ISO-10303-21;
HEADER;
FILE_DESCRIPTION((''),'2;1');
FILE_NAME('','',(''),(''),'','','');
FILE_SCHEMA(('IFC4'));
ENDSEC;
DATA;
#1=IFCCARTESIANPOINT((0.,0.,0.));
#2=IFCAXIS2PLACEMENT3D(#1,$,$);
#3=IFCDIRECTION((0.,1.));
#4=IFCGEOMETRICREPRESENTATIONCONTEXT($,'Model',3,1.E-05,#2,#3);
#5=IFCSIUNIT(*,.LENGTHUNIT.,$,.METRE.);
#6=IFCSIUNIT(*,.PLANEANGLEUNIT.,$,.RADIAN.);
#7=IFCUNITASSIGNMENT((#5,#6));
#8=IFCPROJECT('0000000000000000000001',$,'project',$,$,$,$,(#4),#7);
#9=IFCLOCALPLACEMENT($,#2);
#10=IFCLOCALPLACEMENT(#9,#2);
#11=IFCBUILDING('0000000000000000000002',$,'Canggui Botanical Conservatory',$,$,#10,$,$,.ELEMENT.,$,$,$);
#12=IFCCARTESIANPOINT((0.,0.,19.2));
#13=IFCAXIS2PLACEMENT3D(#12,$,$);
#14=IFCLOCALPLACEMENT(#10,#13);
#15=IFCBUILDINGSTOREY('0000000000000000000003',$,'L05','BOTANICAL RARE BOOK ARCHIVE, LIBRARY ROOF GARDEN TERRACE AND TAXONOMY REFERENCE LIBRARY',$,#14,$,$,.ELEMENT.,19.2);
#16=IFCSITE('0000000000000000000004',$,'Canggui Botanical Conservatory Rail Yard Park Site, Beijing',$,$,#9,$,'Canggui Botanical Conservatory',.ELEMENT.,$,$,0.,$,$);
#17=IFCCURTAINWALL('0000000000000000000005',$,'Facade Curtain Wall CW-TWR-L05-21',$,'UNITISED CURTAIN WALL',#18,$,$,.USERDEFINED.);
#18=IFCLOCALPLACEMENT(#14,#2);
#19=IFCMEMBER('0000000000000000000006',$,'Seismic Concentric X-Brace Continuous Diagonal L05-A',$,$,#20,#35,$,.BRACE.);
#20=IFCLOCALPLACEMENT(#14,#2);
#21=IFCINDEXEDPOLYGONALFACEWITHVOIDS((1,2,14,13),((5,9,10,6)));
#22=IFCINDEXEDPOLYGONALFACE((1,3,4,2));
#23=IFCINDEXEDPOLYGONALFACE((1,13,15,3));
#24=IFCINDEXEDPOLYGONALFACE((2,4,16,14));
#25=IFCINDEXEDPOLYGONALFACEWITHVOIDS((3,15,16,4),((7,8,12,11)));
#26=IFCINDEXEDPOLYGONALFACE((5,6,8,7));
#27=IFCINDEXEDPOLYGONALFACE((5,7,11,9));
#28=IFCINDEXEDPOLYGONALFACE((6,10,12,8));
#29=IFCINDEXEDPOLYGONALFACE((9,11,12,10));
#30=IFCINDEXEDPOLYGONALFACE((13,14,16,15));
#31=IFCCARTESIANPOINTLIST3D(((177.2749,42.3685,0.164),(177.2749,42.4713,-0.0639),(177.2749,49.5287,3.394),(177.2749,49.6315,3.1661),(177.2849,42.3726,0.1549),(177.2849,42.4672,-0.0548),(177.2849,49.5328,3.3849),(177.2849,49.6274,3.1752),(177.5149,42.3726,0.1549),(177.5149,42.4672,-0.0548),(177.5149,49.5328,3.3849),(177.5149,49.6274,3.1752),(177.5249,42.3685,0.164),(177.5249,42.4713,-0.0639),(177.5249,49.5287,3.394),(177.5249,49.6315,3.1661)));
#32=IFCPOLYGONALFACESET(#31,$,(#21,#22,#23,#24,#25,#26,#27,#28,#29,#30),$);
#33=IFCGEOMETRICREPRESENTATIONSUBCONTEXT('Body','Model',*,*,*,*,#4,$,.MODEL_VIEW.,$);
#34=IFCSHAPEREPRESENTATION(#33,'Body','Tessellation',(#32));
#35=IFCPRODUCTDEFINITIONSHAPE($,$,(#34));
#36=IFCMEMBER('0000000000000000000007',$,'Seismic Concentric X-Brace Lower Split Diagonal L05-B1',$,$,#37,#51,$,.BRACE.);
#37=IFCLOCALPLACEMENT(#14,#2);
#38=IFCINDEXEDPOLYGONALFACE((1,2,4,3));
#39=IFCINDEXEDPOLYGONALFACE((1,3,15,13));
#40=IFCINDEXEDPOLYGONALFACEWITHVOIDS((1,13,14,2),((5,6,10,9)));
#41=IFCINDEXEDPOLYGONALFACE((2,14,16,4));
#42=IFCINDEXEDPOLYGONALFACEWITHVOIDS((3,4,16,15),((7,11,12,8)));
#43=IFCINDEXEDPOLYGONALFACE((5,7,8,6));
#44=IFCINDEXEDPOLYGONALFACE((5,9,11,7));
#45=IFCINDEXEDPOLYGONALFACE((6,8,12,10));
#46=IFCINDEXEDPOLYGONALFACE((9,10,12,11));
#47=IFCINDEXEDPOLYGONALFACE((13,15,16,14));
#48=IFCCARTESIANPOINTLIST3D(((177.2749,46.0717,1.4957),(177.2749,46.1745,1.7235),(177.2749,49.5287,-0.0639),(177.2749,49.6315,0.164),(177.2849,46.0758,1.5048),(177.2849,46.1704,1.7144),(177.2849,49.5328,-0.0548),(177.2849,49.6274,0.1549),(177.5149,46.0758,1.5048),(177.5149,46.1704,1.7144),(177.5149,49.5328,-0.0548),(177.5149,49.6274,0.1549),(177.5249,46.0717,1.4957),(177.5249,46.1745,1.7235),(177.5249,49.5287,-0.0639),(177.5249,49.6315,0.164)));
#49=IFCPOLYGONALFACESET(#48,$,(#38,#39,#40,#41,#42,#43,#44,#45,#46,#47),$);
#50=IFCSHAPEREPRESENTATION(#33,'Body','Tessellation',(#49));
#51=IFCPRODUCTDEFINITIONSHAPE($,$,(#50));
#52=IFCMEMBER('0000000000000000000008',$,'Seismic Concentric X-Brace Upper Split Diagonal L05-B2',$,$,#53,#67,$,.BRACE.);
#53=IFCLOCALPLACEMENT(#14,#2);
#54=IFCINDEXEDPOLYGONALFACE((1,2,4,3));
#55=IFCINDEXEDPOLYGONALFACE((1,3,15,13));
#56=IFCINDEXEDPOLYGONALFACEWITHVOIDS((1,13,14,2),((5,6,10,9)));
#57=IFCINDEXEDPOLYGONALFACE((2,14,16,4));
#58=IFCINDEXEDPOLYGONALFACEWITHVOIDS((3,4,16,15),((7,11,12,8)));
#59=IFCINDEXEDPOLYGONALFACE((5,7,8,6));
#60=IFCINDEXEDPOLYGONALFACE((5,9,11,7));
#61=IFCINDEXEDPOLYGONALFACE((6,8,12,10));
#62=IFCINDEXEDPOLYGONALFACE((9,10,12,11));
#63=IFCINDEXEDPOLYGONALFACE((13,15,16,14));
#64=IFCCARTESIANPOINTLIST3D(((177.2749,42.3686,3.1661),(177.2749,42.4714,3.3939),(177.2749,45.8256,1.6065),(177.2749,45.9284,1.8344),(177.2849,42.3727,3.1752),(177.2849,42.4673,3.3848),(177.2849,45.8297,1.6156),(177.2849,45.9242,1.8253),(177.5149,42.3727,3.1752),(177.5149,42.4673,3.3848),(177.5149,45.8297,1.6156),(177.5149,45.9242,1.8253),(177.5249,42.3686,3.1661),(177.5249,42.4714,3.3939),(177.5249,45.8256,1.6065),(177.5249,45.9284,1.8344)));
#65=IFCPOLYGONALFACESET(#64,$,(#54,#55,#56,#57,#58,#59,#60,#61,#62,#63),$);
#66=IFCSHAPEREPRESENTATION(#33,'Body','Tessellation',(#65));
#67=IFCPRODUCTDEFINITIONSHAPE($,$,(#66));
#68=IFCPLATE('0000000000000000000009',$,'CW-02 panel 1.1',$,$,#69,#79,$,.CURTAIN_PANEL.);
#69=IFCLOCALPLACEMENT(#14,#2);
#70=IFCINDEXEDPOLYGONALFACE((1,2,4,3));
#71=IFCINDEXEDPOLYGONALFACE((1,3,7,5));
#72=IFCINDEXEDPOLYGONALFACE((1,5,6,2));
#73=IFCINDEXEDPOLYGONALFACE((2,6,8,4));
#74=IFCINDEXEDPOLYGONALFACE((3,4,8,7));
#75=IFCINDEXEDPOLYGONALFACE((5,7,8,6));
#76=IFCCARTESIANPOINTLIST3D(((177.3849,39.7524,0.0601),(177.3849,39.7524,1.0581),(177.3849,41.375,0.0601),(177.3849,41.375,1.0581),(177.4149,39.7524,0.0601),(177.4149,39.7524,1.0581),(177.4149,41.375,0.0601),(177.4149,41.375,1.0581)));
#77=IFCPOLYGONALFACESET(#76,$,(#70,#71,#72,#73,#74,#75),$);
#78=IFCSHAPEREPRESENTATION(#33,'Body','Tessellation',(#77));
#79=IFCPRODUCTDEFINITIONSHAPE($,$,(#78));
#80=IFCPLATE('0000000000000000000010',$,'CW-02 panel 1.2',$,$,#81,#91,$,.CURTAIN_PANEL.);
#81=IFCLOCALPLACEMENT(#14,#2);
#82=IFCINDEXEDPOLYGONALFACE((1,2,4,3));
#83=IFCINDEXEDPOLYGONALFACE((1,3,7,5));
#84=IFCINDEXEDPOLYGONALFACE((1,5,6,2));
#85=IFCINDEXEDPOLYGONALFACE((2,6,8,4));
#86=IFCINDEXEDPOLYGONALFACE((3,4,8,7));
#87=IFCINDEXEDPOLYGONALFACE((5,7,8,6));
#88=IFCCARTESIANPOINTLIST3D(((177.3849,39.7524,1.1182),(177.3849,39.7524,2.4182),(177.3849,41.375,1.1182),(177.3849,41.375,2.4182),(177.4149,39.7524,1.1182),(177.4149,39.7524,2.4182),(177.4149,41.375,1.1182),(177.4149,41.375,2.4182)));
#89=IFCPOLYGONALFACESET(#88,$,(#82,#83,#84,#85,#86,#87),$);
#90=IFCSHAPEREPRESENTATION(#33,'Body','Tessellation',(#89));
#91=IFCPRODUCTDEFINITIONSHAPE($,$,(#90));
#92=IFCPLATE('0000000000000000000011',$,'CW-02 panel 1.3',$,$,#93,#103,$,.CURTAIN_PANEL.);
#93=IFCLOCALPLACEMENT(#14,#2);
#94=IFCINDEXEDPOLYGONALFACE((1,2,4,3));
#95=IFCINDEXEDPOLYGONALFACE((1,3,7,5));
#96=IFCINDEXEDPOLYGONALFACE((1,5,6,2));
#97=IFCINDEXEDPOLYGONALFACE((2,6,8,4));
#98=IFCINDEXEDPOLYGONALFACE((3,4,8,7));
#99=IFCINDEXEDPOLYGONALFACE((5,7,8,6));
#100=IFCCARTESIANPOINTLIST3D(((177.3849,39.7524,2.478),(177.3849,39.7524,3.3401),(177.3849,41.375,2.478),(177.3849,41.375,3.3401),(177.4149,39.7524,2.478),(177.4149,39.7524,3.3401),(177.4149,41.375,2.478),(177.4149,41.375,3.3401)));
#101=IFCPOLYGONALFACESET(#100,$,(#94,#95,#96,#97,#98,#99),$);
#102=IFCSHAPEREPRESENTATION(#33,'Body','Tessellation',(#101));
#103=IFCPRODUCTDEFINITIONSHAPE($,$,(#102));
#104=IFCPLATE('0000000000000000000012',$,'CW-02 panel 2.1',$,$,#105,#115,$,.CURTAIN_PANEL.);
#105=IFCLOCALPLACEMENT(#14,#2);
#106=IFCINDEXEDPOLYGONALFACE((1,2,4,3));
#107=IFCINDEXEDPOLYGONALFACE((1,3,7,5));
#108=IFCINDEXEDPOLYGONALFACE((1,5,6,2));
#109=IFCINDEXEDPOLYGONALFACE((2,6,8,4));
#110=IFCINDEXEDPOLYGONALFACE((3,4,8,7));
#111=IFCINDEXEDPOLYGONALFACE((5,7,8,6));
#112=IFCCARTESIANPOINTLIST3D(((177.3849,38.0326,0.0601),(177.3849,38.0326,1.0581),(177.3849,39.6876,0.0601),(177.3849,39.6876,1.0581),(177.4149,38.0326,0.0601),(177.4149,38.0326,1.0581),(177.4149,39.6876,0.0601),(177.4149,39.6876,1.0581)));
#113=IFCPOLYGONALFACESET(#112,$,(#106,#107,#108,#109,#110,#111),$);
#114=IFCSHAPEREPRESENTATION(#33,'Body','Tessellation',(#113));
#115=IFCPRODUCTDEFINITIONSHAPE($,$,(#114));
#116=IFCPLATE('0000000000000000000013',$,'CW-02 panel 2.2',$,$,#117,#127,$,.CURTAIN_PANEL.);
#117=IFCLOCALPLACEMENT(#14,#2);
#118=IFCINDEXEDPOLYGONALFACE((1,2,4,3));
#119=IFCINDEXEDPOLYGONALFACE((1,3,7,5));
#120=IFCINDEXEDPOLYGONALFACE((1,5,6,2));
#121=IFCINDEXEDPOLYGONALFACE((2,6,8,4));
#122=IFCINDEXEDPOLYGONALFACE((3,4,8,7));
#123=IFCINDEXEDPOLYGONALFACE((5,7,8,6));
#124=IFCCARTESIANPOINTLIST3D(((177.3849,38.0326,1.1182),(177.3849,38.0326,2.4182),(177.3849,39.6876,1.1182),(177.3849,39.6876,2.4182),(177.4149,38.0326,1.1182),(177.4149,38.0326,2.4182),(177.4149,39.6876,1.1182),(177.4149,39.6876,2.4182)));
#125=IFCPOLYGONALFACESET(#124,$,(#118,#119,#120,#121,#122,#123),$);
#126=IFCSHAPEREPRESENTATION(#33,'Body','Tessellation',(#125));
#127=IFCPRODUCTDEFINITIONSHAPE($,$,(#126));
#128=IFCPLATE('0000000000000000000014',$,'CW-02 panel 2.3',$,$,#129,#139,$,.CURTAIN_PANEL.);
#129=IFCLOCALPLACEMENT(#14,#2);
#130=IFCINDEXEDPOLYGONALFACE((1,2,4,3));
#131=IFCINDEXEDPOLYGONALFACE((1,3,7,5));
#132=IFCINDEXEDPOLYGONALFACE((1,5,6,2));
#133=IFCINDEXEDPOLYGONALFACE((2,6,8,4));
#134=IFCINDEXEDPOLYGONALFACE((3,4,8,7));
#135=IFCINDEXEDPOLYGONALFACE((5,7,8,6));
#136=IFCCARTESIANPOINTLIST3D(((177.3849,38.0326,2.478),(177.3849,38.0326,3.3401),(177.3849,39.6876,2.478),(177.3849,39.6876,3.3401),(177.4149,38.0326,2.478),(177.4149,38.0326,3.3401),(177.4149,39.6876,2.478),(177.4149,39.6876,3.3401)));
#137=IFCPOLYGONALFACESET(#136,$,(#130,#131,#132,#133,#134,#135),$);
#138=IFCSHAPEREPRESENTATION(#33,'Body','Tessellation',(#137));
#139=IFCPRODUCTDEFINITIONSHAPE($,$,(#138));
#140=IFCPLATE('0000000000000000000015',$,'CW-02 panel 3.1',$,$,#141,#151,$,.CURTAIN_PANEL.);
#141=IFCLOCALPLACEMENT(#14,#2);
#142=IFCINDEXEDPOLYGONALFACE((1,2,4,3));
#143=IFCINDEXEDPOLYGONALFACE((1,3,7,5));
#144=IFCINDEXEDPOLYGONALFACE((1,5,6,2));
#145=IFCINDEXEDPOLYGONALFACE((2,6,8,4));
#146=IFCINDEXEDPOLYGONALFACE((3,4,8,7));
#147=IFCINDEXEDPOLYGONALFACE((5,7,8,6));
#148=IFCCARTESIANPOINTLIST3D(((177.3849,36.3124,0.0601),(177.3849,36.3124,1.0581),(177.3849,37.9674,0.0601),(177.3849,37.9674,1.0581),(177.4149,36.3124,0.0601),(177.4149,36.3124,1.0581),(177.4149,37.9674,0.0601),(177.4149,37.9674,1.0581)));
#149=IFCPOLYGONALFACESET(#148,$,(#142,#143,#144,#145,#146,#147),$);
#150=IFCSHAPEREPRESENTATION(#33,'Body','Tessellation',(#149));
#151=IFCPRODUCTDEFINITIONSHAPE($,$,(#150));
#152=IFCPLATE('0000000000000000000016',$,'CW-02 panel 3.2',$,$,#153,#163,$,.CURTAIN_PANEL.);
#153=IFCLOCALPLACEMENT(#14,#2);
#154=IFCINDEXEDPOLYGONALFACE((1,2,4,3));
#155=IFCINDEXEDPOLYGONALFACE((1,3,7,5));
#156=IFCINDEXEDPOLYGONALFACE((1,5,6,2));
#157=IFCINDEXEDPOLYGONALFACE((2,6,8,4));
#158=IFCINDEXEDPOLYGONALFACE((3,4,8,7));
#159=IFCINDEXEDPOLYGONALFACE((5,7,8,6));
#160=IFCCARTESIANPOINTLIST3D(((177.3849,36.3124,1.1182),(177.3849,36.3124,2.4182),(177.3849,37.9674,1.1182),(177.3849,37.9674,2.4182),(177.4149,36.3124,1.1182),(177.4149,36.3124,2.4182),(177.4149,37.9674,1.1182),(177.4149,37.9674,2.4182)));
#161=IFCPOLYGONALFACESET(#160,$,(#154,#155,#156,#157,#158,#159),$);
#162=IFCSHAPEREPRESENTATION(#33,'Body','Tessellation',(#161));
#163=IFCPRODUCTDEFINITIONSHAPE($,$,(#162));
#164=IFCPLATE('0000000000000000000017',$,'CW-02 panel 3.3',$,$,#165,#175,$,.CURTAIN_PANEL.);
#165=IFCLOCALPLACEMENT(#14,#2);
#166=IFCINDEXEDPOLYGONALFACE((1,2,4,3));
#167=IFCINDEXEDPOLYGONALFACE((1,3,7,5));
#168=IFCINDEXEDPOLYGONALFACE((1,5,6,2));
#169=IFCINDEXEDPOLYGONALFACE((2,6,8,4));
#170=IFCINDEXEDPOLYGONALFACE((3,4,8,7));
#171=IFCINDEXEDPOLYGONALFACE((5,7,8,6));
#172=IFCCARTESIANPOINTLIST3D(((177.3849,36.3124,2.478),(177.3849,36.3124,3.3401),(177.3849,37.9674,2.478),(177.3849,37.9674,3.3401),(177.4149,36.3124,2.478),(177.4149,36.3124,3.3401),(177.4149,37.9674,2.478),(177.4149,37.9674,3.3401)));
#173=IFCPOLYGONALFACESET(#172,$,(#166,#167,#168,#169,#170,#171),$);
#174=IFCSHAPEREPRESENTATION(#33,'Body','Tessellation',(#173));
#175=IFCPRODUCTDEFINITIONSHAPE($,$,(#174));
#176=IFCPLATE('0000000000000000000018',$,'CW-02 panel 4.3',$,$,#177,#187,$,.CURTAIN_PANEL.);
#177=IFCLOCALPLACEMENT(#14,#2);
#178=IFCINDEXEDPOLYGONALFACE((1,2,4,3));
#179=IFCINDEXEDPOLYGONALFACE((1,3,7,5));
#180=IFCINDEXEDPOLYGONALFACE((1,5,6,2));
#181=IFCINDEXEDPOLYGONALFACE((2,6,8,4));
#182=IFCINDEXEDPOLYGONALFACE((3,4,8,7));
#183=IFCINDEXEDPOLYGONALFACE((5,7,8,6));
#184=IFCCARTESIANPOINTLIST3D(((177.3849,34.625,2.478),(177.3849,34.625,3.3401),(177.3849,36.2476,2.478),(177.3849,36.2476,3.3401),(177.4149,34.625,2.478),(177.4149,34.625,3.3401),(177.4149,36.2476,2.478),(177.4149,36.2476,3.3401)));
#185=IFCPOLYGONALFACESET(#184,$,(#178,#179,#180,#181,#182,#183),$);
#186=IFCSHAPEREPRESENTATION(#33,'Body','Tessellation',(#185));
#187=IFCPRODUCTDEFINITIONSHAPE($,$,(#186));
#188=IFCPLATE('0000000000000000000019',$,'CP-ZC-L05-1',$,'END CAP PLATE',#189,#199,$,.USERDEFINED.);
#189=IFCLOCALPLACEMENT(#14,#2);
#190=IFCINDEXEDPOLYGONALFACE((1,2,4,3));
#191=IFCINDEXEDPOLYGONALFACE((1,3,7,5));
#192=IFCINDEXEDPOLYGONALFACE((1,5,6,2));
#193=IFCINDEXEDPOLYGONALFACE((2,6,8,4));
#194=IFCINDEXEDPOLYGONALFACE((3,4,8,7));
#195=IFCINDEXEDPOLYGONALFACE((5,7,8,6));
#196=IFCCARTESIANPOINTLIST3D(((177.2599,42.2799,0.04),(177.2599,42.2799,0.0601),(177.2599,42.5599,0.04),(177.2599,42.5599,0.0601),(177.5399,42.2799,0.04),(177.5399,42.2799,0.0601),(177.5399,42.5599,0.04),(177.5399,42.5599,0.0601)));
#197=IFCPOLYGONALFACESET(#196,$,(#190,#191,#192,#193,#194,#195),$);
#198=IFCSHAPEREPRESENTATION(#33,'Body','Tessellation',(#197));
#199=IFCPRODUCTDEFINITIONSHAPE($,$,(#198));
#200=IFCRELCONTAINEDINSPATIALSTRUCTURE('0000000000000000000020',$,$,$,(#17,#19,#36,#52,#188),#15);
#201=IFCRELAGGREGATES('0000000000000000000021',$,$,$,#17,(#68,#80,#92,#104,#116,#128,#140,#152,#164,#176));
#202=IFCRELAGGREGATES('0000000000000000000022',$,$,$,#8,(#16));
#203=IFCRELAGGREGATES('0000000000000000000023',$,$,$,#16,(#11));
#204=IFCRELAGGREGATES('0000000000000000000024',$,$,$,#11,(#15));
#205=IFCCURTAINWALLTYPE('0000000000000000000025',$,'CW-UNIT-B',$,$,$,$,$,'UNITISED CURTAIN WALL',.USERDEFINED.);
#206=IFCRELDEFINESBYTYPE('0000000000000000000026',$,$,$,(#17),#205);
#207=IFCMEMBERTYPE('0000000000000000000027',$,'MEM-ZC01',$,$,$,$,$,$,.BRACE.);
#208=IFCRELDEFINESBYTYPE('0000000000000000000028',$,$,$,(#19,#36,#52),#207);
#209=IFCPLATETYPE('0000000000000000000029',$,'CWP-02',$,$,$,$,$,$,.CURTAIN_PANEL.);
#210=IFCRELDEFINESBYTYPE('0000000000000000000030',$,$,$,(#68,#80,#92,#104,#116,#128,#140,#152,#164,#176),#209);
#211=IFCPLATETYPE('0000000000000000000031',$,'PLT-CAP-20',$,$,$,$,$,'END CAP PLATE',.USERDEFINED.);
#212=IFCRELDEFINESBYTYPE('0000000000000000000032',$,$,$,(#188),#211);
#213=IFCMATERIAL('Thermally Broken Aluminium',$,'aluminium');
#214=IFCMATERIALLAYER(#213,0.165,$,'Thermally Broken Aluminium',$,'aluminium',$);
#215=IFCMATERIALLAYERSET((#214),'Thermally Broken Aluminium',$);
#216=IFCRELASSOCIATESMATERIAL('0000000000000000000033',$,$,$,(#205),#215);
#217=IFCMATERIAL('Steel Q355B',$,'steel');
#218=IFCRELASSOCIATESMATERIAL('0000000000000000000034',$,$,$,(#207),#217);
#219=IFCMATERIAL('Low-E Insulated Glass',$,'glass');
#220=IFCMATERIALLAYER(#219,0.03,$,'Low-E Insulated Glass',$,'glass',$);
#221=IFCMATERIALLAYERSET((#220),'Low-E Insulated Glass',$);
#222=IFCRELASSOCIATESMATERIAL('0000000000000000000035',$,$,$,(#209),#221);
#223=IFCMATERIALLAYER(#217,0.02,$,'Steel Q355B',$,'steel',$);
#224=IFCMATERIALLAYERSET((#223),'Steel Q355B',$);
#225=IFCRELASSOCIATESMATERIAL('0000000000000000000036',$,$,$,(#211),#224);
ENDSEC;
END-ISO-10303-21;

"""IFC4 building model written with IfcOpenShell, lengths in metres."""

from ifc_helpers import new_model, si_unit, direction, frame, origin, origin_2d, place, context, subcontext, project, spatial, rectangle, hollow_rectangle, extrude, material, layer, layer_set, material_profile, profile_set, type_object, element, aggregate, save


model = new_model("IFC4")

# Units and contexts
model_context = context("Model", 3, precision=1e-05, world=origin(), true_north=direction((0.0, 1.0)))
body_context = subcontext(model_context, "Body", "Model", "MODEL_VIEW")
ifc_project = project(units=[si_unit("LENGTHUNIT", "METRE"), si_unit("PLANEANGLEUNIT", "RADIAN")], contexts=[model_context])

# Site, building, storey
site_placement = place(None, origin())
site = spatial("IfcSite", under=ifc_project, at=site_placement, Name="Canggui Botanical Conservatory Rail Yard Park Site, Beijing", LongName="Canggui Botanical Conservatory", CompositionType="ELEMENT", RefElevation=0.0)
building_placement = place(site_placement, origin())
building = spatial("IfcBuilding", under=site, at=building_placement, Name="Canggui Botanical Conservatory", CompositionType="ELEMENT")
storey_placement = place(building_placement, frame((0.0, 0.0, 19.2)))
storey = spatial("IfcBuildingStorey", under=building, at=storey_placement, Name="L05", Description="BOTANICAL RARE BOOK ARCHIVE, LIBRARY ROOF GARDEN TERRACE AND TAXONOMY REFERENCE LIBRARY", CompositionType="ELEMENT", Elevation=19.2)

# Curtain wall
ifc_material_1 = material(Name="Thermally Broken Aluminium", Category="aluminium")
ifc_layer_1 = layer(ifc_material_1, 0.165, Name="Thermally Broken Aluminium", Category="aluminium")
ifc_layer_set_1 = layer_set([ifc_layer_1], Name="Thermally Broken Aluminium")
curtain_wall_type = type_object("IfcCurtainWallType", Name="CW-UNIT-B", ElementType="UNITISED CURTAIN WALL", PredefinedType="USERDEFINED", material=ifc_layer_set_1)
curtain_wall_placement = place(storey_placement, origin())
curtain_wall = element("IfcCurtainWall", 1, at=curtain_wall_placement, inside=storey, type_object=curtain_wall_type, Name="Facade Curtain Wall CW-TWR-L05-21", ObjectType="UNITISED CURTAIN WALL", PredefinedType="USERDEFINED")

# Members
ifc_material_2 = material(Name="Steel Q355B", Category="steel")
ifc_material_profile_1 = material_profile(ifc_material_2, hollow_rectangle(XDim=0.25, YDim=0.25, WallThickness=0.01, at=origin_2d()), Name="SHS 250x250x10")
ifc_profile_set_1 = profile_set([ifc_material_profile_1], Name="Steel Q355B")
member_type_1 = type_object("IfcMemberType", Name="MEM-ZC01", PredefinedType="BRACE", material=ifc_profile_set_1)
member_1_placement = place(storey_placement, frame((177.3999, 42.4199, 0.05), z_axis=(0.0, 0.911544, 0.411202), x_axis=(-1.0, 0.0, 0.0)))
element("IfcMember", 2, at=member_1_placement, inside=storey, type_object=member_type_1, Name="Seismic Concentric X-Brace Continuous Diagonal L05-A", PredefinedType="BRACE", context=body_context, shape_type="SweptSolid", body=[
    extrude(hollow_rectangle(XDim=0.25, YDim=0.25, WallThickness=0.01, at=origin_2d()), origin(), (0.0, 0.0, 1.0), 7.855),
])
for number, where, z_axis, x_axis, name in (
    (3, (177.3999, 49.5801, 0.05), (0.0, -0.911536, 0.411221), (1.0, 0.0, 0.0), "Seismic Concentric X-Brace Lower Split Diagonal L05-B1"),
    (4, (177.3999, 45.877, 1.7205), (0.0, -0.911536, 0.411221), (1.0, 0.0, 0.0), "Seismic Concentric X-Brace Upper Split Diagonal L05-B2"),
):
    element("IfcMember", number, at=place(storey_placement, frame(where, z_axis=z_axis, x_axis=x_axis)), inside=storey, type_object=member_type_1, Name=name, PredefinedType="BRACE", context=body_context, shape_type="SweptSolid", body=[
        extrude(hollow_rectangle(XDim=0.25, YDim=0.25, WallThickness=0.01, at=origin_2d()), origin(), (0.0, 0.0, 1.0), 3.7925),
    ])

# Plates
ifc_material_3 = material(Name="Low-E Insulated Glass", Category="glass")
ifc_layer_2 = layer(ifc_material_3, 0.03, Name="Low-E Insulated Glass", Category="glass")
ifc_layer_set_2 = layer_set([ifc_layer_2], Name="Low-E Insulated Glass")
plate_type_1 = type_object("IfcPlateType", Name="CWP-02", PredefinedType="CURTAIN_PANEL", material=ifc_layer_set_2)
plate_1_placement = place(storey_placement, frame((177.3999, 40.5637, 0.0601), z_axis=(0.0, 0.0, 1.0), x_axis=(0.0, -1.0, 0.0)))
plate_1 = element("IfcPlate", 5, at=plate_1_placement, type_object=plate_type_1, Name="CW-02 panel 1.1", PredefinedType="CURTAIN_PANEL", context=body_context, shape_type="SweptSolid", body=[
    extrude(rectangle(XDim=1.6226, YDim=0.03, at=origin_2d()), origin(), (0.0, 0.0, 1.0), 0.998),
])
plate_2_placement = place(storey_placement, frame((177.3999, 40.5637, 1.1182), z_axis=(0.0, 0.0, 1.0), x_axis=(0.0, -1.0, 0.0)))
plate_2 = element("IfcPlate", 6, at=plate_2_placement, type_object=plate_type_1, Name="CW-02 panel 1.2", PredefinedType="CURTAIN_PANEL", context=body_context, shape_type="SweptSolid", body=[
    extrude(rectangle(XDim=1.6226, YDim=0.03, at=origin_2d()), origin(), (0.0, 0.0, 1.0), 1.3),
])
plate_3_placement = place(storey_placement, frame((177.3999, 40.5637, 2.478), z_axis=(0.0, 0.0, 1.0), x_axis=(0.0, -1.0, 0.0)))
plate_3 = element("IfcPlate", 7, at=plate_3_placement, type_object=plate_type_1, Name="CW-02 panel 1.3", PredefinedType="CURTAIN_PANEL", context=body_context, shape_type="SweptSolid", body=[
    extrude(rectangle(XDim=1.6226, YDim=0.03, at=origin_2d()), origin(), (0.0, 0.0, 1.0), 0.8621),
])
plate_4_placement = place(storey_placement, frame((177.3999, 38.8601, 0.0601), z_axis=(0.0, 0.0, 1.0), x_axis=(0.0, -1.0, 0.0)))
plate_4 = element("IfcPlate", 8, at=plate_4_placement, type_object=plate_type_1, Name="CW-02 panel 2.1", PredefinedType="CURTAIN_PANEL", context=body_context, shape_type="SweptSolid", body=[
    extrude(rectangle(XDim=1.655, YDim=0.03, at=origin_2d()), origin(), (0.0, 0.0, 1.0), 0.998),
])
plate_5_placement = place(storey_placement, frame((177.3999, 38.8601, 1.1182), z_axis=(0.0, 0.0, 1.0), x_axis=(0.0, -1.0, 0.0)))
plate_5 = element("IfcPlate", 9, at=plate_5_placement, type_object=plate_type_1, Name="CW-02 panel 2.2", PredefinedType="CURTAIN_PANEL", context=body_context, shape_type="SweptSolid", body=[
    extrude(rectangle(XDim=1.655, YDim=0.03, at=origin_2d()), origin(), (0.0, 0.0, 1.0), 1.3),
])
plate_6_placement = place(storey_placement, frame((177.3999, 38.8601, 2.478), z_axis=(0.0, 0.0, 1.0), x_axis=(0.0, -1.0, 0.0)))
plate_6 = element("IfcPlate", 10, at=plate_6_placement, type_object=plate_type_1, Name="CW-02 panel 2.3", PredefinedType="CURTAIN_PANEL", context=body_context, shape_type="SweptSolid", body=[
    extrude(rectangle(XDim=1.655, YDim=0.03, at=origin_2d()), origin(), (0.0, 0.0, 1.0), 0.8621),
])
plate_7_placement = place(storey_placement, frame((177.3999, 37.1399, 0.0601), z_axis=(0.0, 0.0, 1.0), x_axis=(0.0, -1.0, 0.0)))
plate_7 = element("IfcPlate", 11, at=plate_7_placement, type_object=plate_type_1, Name="CW-02 panel 3.1", PredefinedType="CURTAIN_PANEL", context=body_context, shape_type="SweptSolid", body=[
    extrude(rectangle(XDim=1.655, YDim=0.03, at=origin_2d()), origin(), (0.0, 0.0, 1.0), 0.998),
])
plate_8_placement = place(storey_placement, frame((177.3999, 37.1399, 1.1182), z_axis=(0.0, 0.0, 1.0), x_axis=(0.0, -1.0, 0.0)))
plate_8 = element("IfcPlate", 12, at=plate_8_placement, type_object=plate_type_1, Name="CW-02 panel 3.2", PredefinedType="CURTAIN_PANEL", context=body_context, shape_type="SweptSolid", body=[
    extrude(rectangle(XDim=1.655, YDim=0.03, at=origin_2d()), origin(), (0.0, 0.0, 1.0), 1.3),
])
plate_9_placement = place(storey_placement, frame((177.3999, 37.1399, 2.478), z_axis=(0.0, 0.0, 1.0), x_axis=(0.0, -1.0, 0.0)))
plate_9 = element("IfcPlate", 13, at=plate_9_placement, type_object=plate_type_1, Name="CW-02 panel 3.3", PredefinedType="CURTAIN_PANEL", context=body_context, shape_type="SweptSolid", body=[
    extrude(rectangle(XDim=1.655, YDim=0.03, at=origin_2d()), origin(), (0.0, 0.0, 1.0), 0.8621),
])
plate_10_placement = place(storey_placement, frame((177.3999, 35.4363, 2.478), z_axis=(0.0, 0.0, 1.0), x_axis=(0.0, -1.0, 0.0)))
plate_10 = element("IfcPlate", 14, at=plate_10_placement, type_object=plate_type_1, Name="CW-02 panel 4.3", PredefinedType="CURTAIN_PANEL", context=body_context, shape_type="SweptSolid", body=[
    extrude(rectangle(XDim=1.6226, YDim=0.03, at=origin_2d()), origin(), (0.0, 0.0, 1.0), 0.8621),
])
aggregate(curtain_wall, [plate_1, plate_2, plate_3, plate_4, plate_5, plate_6, plate_7, plate_8, plate_9, plate_10])

# Plate
ifc_layer_3 = layer(ifc_material_2, 0.02, Name="Steel Q355B", Category="steel")
ifc_layer_set_3 = layer_set([ifc_layer_3], Name="Steel Q355B")
plate_type_2 = type_object("IfcPlateType", Name="PLT-CAP-20", ElementType="END CAP PLATE", PredefinedType="USERDEFINED", material=ifc_layer_set_3)
for number, where, z_axis, x_axis, name in (
    (15, (177.3999, 42.4199, 0.04), (0.0, 0.0, 1.0), (1.0, 0.0, 0.0), "CP-ZC-L05-1"),
):
    element("IfcPlate", number, at=place(storey_placement, frame(where, z_axis=z_axis, x_axis=x_axis)), inside=storey, type_object=plate_type_2, Name=name, ObjectType="END CAP PLATE", PredefinedType="USERDEFINED", context=body_context, shape_type="SweptSolid", body=[
        extrude(rectangle(XDim=0.28, YDim=0.28, at=origin_2d()), origin(), (0.0, 0.0, 1.0), 0.02),
    ])

save(model, "model.ifc")
